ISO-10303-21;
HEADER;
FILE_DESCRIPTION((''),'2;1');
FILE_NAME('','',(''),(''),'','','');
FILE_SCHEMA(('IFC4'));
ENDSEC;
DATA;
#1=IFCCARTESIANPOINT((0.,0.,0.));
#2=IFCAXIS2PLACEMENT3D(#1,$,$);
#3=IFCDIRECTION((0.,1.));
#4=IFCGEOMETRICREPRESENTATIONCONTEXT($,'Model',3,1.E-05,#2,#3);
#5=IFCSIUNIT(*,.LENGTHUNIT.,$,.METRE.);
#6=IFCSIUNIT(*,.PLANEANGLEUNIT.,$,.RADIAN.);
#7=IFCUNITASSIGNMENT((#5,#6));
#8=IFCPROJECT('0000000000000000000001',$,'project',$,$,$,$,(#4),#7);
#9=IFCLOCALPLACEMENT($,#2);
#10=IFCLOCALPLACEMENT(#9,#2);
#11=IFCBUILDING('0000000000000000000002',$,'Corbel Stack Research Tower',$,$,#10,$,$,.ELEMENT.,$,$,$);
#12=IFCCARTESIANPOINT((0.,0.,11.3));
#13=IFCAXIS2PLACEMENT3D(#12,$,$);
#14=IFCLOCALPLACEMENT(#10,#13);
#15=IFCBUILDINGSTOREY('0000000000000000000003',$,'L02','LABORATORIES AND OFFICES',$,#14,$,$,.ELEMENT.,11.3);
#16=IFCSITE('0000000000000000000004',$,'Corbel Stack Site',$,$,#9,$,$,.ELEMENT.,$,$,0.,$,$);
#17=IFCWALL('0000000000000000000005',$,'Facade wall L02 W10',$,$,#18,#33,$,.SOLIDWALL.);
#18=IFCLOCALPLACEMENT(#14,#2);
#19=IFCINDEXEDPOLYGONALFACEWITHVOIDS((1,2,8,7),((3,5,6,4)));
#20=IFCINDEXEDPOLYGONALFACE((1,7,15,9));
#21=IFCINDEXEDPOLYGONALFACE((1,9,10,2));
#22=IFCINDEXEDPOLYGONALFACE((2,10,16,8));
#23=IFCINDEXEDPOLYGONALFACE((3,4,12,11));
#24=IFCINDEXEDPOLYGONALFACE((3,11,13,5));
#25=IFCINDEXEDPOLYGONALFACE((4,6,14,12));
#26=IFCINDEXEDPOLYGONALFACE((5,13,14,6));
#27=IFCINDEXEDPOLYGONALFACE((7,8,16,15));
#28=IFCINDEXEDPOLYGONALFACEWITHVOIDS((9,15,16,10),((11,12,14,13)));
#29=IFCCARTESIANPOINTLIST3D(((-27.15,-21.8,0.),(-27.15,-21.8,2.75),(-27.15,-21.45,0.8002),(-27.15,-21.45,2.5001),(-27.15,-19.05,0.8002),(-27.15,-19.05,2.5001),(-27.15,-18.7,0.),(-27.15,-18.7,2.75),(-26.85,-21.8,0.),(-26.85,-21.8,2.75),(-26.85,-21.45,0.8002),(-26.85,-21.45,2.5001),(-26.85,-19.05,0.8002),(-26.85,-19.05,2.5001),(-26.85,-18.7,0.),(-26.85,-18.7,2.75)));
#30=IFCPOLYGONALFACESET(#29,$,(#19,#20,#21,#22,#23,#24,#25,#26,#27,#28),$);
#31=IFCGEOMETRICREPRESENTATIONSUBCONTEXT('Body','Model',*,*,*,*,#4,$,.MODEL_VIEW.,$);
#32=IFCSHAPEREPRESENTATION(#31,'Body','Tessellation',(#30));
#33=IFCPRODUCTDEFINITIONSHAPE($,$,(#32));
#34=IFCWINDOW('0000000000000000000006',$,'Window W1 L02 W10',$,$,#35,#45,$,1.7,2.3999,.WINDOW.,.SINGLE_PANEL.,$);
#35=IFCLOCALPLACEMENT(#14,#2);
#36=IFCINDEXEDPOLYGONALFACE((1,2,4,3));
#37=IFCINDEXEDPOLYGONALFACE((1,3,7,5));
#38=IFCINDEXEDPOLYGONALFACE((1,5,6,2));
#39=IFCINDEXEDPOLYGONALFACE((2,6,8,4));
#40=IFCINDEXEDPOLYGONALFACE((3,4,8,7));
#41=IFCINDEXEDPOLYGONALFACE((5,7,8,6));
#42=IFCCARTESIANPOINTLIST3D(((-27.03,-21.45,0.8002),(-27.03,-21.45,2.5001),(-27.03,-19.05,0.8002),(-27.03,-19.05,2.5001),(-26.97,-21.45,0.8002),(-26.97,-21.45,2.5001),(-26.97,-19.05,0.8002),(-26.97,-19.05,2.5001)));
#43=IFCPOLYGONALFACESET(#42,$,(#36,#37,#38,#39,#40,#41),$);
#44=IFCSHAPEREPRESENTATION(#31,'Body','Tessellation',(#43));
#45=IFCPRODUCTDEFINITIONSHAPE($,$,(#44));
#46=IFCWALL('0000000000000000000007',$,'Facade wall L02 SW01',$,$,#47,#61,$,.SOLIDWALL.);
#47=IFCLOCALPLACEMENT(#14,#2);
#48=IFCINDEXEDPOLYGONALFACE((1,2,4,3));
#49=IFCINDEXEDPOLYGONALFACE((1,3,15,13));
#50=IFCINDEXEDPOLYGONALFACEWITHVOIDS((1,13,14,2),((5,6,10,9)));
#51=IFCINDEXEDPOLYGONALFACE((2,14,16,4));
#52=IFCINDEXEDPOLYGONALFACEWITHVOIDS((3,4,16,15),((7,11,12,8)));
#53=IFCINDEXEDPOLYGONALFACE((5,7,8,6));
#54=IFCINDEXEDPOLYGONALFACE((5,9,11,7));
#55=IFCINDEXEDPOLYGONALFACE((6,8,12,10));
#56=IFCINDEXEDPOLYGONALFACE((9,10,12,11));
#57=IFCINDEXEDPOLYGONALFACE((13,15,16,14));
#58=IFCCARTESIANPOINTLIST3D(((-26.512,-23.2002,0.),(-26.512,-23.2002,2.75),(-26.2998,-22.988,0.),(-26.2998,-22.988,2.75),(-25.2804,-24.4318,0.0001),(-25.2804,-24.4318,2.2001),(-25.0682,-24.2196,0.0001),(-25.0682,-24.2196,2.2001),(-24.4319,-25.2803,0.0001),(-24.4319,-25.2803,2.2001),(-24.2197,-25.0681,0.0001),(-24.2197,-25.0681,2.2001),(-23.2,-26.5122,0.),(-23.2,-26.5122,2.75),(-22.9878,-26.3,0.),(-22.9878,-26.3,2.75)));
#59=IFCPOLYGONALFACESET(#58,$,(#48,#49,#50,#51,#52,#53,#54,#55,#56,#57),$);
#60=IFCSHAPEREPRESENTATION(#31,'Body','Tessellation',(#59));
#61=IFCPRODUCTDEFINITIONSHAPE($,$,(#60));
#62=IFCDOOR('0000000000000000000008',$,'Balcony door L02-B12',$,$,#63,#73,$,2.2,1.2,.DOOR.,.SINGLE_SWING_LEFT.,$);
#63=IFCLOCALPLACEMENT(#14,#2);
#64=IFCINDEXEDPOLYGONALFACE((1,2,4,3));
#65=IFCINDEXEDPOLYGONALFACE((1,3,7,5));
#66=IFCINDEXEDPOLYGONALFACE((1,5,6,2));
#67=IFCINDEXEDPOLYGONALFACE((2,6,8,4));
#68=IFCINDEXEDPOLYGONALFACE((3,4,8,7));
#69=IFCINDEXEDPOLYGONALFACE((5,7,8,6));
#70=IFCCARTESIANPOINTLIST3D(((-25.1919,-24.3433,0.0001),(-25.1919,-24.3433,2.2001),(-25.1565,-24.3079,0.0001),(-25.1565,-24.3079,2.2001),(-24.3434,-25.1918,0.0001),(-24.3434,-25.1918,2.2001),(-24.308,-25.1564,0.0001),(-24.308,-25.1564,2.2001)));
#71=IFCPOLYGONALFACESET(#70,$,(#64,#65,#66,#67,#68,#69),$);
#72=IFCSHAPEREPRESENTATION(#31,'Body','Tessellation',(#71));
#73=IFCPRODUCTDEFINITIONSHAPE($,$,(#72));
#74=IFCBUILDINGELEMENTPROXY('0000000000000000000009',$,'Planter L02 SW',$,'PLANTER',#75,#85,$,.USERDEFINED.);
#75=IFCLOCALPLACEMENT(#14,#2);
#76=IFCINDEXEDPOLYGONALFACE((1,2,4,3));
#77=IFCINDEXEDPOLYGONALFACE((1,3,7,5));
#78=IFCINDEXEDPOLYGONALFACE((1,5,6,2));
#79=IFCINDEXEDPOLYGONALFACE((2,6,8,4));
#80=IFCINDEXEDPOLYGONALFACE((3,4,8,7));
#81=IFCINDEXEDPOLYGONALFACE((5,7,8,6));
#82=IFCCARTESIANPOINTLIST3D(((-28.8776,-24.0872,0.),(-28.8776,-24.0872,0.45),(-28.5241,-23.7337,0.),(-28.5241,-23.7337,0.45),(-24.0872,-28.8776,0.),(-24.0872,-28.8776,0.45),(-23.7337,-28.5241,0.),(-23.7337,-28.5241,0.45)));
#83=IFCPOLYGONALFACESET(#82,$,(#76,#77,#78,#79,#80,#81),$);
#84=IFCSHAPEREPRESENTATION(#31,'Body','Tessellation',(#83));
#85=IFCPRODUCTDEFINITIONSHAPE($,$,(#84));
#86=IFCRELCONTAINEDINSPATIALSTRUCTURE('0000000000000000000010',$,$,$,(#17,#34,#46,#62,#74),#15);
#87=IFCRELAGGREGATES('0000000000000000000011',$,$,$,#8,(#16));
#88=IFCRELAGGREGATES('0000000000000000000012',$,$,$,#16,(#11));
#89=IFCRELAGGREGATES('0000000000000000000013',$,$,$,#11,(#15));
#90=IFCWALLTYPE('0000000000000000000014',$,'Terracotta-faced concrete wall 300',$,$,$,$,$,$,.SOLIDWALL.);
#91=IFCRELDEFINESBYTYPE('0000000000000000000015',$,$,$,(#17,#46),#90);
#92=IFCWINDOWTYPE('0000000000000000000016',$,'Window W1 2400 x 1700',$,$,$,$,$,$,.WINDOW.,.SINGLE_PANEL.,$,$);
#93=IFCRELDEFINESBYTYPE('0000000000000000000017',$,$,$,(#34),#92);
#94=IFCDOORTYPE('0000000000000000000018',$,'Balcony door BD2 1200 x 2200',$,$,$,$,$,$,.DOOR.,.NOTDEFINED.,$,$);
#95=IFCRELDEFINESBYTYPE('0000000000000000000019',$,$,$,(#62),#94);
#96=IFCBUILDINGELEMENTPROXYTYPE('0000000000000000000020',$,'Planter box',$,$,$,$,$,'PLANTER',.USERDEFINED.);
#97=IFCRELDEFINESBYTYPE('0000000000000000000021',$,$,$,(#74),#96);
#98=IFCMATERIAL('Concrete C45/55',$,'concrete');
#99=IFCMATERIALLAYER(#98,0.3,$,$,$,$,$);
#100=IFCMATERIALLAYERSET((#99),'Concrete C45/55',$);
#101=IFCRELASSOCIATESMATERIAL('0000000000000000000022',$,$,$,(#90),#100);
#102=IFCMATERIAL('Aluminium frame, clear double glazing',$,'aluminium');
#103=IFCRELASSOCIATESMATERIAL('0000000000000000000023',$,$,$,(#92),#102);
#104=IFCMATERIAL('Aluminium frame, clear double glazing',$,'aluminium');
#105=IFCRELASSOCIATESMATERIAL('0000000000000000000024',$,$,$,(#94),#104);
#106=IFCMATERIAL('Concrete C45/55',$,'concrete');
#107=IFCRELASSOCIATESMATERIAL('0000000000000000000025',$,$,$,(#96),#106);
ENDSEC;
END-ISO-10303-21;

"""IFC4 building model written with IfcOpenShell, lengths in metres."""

from ifc_helpers import new_model, si_unit, direction, frame, frame_2d, origin, origin_2d, place, context, subcontext, project, spatial, rectangle, extrude, material, layer, layer_set, type_object, element, fill, save


model = new_model("IFC4")

# Units and contexts
model_context = context("Model", 3, precision=1e-05, world=origin(), true_north=direction((0.0, 1.0)))
body_context = subcontext(model_context, "Body", "Model", "MODEL_VIEW")
ifc_project = project(units=[si_unit("LENGTHUNIT", "METRE"), si_unit("PLANEANGLEUNIT", "RADIAN")], contexts=[model_context])

# Site, building, storey
site_placement = place(None, origin())
site = spatial("IfcSite", under=ifc_project, at=site_placement, Name="Corbel Stack Site", CompositionType="ELEMENT", RefElevation=0.0)
building_placement = place(site_placement, origin())
building = spatial("IfcBuilding", under=site, at=building_placement, Name="Corbel Stack Research Tower", CompositionType="ELEMENT")
storey_placement = place(building_placement, frame((0.0, 0.0, 11.3)))
storey = spatial("IfcBuildingStorey", under=building, at=storey_placement, Name="L02", Description="LABORATORIES AND OFFICES", CompositionType="ELEMENT", Elevation=11.3)

# Shared definitions
ifc_material_1 = material(Name="Concrete C45/55", Category="concrete")
ifc_layer_1 = layer(ifc_material_1, 0.3)
ifc_layer_set_1 = layer_set([ifc_layer_1], Name="Concrete C45/55")
wall_type_1 = type_object("IfcWallType", Name="Terracotta-faced concrete wall 300", PredefinedType="SOLIDWALL", material=ifc_layer_set_1)
ifc_material_2 = material(Name="Aluminium frame, clear double glazing", Category="aluminium")
window_type = type_object("IfcWindowType", Name="Window W1 2400 x 1700", PartitioningType="SINGLE_PANEL", PredefinedType="WINDOW", material=ifc_material_2)

# Wall, opening, window
wall_1_placement = place(storey_placement, frame((-27.0, -21.8, 0.0), z_axis=(0.0, 0.0, 1.0), x_axis=(0.0, 1.0, 0.0)))
wall_1 = element("IfcWall", 1, at=wall_1_placement, inside=storey, type_object=wall_type_1, Name="Facade wall L02 W10", PredefinedType="SOLIDWALL", context=body_context, shape_type="SweptSolid", body=[
    extrude(rectangle(XDim=3.1001, YDim=0.3, at=frame_2d((1.55, 0.0))), origin(), (0.0, 0.0, 1.0), 2.75),
])
opening_1_placement = place(wall_1_placement, frame((0.3501, 0.0, 0.8)))
opening_1 = element("IfcOpeningElement", 2, at=opening_1_placement, cuts=wall_1, PredefinedType="OPENING", context=body_context, shape_type="SweptSolid", body=[
    extrude(rectangle(XDim=2.3999, YDim=1.7, at=frame_2d((1.2, 0.8501))), frame((0.0, 0.1599, 0.0), z_axis=(0.0, -1.0, 0.0), x_axis=(1.0, 0.0, 0.0)), (0.0, 0.0, 1.0), 0.3201),
])
window_1_placement = place(opening_1_placement, origin())
window_1 = element("IfcWindow", 3, at=window_1_placement, inside=storey, type_object=window_type, Name="Window W1 L02 W10", OverallHeight=1.7, OverallWidth=2.3999, PartitioningType="SINGLE_PANEL", PredefinedType="WINDOW", context=body_context, shape_type="SweptSolid", body=[
    extrude(rectangle(XDim=2.3999, YDim=1.7, at=frame_2d((1.2, 0.8501))), frame((0.0, 0.03, 0.0), z_axis=(0.0, -1.0, 0.0), x_axis=(1.0, 0.0, 0.0)), (0.0, 0.0, 1.0), 0.0601),
])
fill(opening_1, window_1)

# Wall, opening, door
wall_2_placement = place(storey_placement, frame((-23.094, -26.406, 0.0), z_axis=(0.0, 0.0, 1.0), x_axis=(-0.707107, 0.707107, 0.0)))
wall_2 = element("IfcWall", 4, at=wall_2_placement, inside=storey, type_object=wall_type_1, Name="Facade wall L02 SW01", PredefinedType="SOLIDWALL", context=body_context, shape_type="SweptSolid", body=[
    extrude(rectangle(XDim=4.6838, YDim=0.3, at=frame_2d((2.3418, 0.0))), origin(), (0.0, 0.0, 1.0), 2.75),
])
opening_2_placement = place(wall_2_placement, frame((1.7419, 0.0, 0.0)))
opening_2 = element("IfcOpeningElement", 5, at=opening_2_placement, cuts=wall_2, PredefinedType="OPENING", context=body_context, shape_type="SweptSolid", body=[
    extrude(rectangle(XDim=1.2, YDim=2.2, at=frame_2d((0.6001, 1.1001))), frame((0.0, 0.1599, 0.0), z_axis=(0.0, -1.0, 0.0), x_axis=(1.0, 0.0, 0.0)), (0.0, 0.0, 1.0), 0.3201),
])
ifc_material_3 = material(Name="Aluminium frame, clear double glazing", Category="aluminium")
door_type_1 = type_object("IfcDoorType", Name="Balcony door BD2 1200 x 2200", OperationType="NOTDEFINED", PredefinedType="DOOR", material=ifc_material_3)
door_1_placement = place(opening_2_placement, origin())
door_1 = element("IfcDoor", 6, at=door_1_placement, inside=storey, type_object=door_type_1, Name="Balcony door L02-B12", OperationType="SINGLE_SWING_LEFT", OverallHeight=2.2, OverallWidth=1.2, PredefinedType="DOOR", context=body_context, shape_type="SweptSolid", body=[
    extrude(rectangle(XDim=1.2, YDim=2.2, at=frame_2d((0.6001, 1.1001))), frame((0.0, 0.0249, 0.0), z_axis=(0.0, -1.0, 0.0), x_axis=(1.0, 0.0, 0.0)), (0.0, 0.0, 1.0), 0.05),
])
fill(opening_2, door_1)

# Building element proxy
ifc_material_4 = material(Name="Concrete C45/55", Category="concrete")
building_element_proxy_type = type_object("IfcBuildingElementProxyType", Name="Planter box", ElementType="PLANTER", PredefinedType="USERDEFINED", material=ifc_material_4)
proxy_placement = place(storey_placement, frame((-26.3057, -26.3057, 0.0), z_axis=(0.0, 0.0, 1.0), x_axis=(0.707107, -0.707107, 0.0)))
element("IfcBuildingElementProxy", 7, at=proxy_placement, inside=storey, type_object=building_element_proxy_type, Name="Planter L02 SW", ObjectType="PLANTER", PredefinedType="USERDEFINED", context=body_context, shape_type="SweptSolid", body=[
    extrude(rectangle(XDim=6.7747, YDim=0.5, at=origin_2d()), origin(), (0.0, 0.0, 1.0), 0.45),
])

save(model, "model.ifc")
